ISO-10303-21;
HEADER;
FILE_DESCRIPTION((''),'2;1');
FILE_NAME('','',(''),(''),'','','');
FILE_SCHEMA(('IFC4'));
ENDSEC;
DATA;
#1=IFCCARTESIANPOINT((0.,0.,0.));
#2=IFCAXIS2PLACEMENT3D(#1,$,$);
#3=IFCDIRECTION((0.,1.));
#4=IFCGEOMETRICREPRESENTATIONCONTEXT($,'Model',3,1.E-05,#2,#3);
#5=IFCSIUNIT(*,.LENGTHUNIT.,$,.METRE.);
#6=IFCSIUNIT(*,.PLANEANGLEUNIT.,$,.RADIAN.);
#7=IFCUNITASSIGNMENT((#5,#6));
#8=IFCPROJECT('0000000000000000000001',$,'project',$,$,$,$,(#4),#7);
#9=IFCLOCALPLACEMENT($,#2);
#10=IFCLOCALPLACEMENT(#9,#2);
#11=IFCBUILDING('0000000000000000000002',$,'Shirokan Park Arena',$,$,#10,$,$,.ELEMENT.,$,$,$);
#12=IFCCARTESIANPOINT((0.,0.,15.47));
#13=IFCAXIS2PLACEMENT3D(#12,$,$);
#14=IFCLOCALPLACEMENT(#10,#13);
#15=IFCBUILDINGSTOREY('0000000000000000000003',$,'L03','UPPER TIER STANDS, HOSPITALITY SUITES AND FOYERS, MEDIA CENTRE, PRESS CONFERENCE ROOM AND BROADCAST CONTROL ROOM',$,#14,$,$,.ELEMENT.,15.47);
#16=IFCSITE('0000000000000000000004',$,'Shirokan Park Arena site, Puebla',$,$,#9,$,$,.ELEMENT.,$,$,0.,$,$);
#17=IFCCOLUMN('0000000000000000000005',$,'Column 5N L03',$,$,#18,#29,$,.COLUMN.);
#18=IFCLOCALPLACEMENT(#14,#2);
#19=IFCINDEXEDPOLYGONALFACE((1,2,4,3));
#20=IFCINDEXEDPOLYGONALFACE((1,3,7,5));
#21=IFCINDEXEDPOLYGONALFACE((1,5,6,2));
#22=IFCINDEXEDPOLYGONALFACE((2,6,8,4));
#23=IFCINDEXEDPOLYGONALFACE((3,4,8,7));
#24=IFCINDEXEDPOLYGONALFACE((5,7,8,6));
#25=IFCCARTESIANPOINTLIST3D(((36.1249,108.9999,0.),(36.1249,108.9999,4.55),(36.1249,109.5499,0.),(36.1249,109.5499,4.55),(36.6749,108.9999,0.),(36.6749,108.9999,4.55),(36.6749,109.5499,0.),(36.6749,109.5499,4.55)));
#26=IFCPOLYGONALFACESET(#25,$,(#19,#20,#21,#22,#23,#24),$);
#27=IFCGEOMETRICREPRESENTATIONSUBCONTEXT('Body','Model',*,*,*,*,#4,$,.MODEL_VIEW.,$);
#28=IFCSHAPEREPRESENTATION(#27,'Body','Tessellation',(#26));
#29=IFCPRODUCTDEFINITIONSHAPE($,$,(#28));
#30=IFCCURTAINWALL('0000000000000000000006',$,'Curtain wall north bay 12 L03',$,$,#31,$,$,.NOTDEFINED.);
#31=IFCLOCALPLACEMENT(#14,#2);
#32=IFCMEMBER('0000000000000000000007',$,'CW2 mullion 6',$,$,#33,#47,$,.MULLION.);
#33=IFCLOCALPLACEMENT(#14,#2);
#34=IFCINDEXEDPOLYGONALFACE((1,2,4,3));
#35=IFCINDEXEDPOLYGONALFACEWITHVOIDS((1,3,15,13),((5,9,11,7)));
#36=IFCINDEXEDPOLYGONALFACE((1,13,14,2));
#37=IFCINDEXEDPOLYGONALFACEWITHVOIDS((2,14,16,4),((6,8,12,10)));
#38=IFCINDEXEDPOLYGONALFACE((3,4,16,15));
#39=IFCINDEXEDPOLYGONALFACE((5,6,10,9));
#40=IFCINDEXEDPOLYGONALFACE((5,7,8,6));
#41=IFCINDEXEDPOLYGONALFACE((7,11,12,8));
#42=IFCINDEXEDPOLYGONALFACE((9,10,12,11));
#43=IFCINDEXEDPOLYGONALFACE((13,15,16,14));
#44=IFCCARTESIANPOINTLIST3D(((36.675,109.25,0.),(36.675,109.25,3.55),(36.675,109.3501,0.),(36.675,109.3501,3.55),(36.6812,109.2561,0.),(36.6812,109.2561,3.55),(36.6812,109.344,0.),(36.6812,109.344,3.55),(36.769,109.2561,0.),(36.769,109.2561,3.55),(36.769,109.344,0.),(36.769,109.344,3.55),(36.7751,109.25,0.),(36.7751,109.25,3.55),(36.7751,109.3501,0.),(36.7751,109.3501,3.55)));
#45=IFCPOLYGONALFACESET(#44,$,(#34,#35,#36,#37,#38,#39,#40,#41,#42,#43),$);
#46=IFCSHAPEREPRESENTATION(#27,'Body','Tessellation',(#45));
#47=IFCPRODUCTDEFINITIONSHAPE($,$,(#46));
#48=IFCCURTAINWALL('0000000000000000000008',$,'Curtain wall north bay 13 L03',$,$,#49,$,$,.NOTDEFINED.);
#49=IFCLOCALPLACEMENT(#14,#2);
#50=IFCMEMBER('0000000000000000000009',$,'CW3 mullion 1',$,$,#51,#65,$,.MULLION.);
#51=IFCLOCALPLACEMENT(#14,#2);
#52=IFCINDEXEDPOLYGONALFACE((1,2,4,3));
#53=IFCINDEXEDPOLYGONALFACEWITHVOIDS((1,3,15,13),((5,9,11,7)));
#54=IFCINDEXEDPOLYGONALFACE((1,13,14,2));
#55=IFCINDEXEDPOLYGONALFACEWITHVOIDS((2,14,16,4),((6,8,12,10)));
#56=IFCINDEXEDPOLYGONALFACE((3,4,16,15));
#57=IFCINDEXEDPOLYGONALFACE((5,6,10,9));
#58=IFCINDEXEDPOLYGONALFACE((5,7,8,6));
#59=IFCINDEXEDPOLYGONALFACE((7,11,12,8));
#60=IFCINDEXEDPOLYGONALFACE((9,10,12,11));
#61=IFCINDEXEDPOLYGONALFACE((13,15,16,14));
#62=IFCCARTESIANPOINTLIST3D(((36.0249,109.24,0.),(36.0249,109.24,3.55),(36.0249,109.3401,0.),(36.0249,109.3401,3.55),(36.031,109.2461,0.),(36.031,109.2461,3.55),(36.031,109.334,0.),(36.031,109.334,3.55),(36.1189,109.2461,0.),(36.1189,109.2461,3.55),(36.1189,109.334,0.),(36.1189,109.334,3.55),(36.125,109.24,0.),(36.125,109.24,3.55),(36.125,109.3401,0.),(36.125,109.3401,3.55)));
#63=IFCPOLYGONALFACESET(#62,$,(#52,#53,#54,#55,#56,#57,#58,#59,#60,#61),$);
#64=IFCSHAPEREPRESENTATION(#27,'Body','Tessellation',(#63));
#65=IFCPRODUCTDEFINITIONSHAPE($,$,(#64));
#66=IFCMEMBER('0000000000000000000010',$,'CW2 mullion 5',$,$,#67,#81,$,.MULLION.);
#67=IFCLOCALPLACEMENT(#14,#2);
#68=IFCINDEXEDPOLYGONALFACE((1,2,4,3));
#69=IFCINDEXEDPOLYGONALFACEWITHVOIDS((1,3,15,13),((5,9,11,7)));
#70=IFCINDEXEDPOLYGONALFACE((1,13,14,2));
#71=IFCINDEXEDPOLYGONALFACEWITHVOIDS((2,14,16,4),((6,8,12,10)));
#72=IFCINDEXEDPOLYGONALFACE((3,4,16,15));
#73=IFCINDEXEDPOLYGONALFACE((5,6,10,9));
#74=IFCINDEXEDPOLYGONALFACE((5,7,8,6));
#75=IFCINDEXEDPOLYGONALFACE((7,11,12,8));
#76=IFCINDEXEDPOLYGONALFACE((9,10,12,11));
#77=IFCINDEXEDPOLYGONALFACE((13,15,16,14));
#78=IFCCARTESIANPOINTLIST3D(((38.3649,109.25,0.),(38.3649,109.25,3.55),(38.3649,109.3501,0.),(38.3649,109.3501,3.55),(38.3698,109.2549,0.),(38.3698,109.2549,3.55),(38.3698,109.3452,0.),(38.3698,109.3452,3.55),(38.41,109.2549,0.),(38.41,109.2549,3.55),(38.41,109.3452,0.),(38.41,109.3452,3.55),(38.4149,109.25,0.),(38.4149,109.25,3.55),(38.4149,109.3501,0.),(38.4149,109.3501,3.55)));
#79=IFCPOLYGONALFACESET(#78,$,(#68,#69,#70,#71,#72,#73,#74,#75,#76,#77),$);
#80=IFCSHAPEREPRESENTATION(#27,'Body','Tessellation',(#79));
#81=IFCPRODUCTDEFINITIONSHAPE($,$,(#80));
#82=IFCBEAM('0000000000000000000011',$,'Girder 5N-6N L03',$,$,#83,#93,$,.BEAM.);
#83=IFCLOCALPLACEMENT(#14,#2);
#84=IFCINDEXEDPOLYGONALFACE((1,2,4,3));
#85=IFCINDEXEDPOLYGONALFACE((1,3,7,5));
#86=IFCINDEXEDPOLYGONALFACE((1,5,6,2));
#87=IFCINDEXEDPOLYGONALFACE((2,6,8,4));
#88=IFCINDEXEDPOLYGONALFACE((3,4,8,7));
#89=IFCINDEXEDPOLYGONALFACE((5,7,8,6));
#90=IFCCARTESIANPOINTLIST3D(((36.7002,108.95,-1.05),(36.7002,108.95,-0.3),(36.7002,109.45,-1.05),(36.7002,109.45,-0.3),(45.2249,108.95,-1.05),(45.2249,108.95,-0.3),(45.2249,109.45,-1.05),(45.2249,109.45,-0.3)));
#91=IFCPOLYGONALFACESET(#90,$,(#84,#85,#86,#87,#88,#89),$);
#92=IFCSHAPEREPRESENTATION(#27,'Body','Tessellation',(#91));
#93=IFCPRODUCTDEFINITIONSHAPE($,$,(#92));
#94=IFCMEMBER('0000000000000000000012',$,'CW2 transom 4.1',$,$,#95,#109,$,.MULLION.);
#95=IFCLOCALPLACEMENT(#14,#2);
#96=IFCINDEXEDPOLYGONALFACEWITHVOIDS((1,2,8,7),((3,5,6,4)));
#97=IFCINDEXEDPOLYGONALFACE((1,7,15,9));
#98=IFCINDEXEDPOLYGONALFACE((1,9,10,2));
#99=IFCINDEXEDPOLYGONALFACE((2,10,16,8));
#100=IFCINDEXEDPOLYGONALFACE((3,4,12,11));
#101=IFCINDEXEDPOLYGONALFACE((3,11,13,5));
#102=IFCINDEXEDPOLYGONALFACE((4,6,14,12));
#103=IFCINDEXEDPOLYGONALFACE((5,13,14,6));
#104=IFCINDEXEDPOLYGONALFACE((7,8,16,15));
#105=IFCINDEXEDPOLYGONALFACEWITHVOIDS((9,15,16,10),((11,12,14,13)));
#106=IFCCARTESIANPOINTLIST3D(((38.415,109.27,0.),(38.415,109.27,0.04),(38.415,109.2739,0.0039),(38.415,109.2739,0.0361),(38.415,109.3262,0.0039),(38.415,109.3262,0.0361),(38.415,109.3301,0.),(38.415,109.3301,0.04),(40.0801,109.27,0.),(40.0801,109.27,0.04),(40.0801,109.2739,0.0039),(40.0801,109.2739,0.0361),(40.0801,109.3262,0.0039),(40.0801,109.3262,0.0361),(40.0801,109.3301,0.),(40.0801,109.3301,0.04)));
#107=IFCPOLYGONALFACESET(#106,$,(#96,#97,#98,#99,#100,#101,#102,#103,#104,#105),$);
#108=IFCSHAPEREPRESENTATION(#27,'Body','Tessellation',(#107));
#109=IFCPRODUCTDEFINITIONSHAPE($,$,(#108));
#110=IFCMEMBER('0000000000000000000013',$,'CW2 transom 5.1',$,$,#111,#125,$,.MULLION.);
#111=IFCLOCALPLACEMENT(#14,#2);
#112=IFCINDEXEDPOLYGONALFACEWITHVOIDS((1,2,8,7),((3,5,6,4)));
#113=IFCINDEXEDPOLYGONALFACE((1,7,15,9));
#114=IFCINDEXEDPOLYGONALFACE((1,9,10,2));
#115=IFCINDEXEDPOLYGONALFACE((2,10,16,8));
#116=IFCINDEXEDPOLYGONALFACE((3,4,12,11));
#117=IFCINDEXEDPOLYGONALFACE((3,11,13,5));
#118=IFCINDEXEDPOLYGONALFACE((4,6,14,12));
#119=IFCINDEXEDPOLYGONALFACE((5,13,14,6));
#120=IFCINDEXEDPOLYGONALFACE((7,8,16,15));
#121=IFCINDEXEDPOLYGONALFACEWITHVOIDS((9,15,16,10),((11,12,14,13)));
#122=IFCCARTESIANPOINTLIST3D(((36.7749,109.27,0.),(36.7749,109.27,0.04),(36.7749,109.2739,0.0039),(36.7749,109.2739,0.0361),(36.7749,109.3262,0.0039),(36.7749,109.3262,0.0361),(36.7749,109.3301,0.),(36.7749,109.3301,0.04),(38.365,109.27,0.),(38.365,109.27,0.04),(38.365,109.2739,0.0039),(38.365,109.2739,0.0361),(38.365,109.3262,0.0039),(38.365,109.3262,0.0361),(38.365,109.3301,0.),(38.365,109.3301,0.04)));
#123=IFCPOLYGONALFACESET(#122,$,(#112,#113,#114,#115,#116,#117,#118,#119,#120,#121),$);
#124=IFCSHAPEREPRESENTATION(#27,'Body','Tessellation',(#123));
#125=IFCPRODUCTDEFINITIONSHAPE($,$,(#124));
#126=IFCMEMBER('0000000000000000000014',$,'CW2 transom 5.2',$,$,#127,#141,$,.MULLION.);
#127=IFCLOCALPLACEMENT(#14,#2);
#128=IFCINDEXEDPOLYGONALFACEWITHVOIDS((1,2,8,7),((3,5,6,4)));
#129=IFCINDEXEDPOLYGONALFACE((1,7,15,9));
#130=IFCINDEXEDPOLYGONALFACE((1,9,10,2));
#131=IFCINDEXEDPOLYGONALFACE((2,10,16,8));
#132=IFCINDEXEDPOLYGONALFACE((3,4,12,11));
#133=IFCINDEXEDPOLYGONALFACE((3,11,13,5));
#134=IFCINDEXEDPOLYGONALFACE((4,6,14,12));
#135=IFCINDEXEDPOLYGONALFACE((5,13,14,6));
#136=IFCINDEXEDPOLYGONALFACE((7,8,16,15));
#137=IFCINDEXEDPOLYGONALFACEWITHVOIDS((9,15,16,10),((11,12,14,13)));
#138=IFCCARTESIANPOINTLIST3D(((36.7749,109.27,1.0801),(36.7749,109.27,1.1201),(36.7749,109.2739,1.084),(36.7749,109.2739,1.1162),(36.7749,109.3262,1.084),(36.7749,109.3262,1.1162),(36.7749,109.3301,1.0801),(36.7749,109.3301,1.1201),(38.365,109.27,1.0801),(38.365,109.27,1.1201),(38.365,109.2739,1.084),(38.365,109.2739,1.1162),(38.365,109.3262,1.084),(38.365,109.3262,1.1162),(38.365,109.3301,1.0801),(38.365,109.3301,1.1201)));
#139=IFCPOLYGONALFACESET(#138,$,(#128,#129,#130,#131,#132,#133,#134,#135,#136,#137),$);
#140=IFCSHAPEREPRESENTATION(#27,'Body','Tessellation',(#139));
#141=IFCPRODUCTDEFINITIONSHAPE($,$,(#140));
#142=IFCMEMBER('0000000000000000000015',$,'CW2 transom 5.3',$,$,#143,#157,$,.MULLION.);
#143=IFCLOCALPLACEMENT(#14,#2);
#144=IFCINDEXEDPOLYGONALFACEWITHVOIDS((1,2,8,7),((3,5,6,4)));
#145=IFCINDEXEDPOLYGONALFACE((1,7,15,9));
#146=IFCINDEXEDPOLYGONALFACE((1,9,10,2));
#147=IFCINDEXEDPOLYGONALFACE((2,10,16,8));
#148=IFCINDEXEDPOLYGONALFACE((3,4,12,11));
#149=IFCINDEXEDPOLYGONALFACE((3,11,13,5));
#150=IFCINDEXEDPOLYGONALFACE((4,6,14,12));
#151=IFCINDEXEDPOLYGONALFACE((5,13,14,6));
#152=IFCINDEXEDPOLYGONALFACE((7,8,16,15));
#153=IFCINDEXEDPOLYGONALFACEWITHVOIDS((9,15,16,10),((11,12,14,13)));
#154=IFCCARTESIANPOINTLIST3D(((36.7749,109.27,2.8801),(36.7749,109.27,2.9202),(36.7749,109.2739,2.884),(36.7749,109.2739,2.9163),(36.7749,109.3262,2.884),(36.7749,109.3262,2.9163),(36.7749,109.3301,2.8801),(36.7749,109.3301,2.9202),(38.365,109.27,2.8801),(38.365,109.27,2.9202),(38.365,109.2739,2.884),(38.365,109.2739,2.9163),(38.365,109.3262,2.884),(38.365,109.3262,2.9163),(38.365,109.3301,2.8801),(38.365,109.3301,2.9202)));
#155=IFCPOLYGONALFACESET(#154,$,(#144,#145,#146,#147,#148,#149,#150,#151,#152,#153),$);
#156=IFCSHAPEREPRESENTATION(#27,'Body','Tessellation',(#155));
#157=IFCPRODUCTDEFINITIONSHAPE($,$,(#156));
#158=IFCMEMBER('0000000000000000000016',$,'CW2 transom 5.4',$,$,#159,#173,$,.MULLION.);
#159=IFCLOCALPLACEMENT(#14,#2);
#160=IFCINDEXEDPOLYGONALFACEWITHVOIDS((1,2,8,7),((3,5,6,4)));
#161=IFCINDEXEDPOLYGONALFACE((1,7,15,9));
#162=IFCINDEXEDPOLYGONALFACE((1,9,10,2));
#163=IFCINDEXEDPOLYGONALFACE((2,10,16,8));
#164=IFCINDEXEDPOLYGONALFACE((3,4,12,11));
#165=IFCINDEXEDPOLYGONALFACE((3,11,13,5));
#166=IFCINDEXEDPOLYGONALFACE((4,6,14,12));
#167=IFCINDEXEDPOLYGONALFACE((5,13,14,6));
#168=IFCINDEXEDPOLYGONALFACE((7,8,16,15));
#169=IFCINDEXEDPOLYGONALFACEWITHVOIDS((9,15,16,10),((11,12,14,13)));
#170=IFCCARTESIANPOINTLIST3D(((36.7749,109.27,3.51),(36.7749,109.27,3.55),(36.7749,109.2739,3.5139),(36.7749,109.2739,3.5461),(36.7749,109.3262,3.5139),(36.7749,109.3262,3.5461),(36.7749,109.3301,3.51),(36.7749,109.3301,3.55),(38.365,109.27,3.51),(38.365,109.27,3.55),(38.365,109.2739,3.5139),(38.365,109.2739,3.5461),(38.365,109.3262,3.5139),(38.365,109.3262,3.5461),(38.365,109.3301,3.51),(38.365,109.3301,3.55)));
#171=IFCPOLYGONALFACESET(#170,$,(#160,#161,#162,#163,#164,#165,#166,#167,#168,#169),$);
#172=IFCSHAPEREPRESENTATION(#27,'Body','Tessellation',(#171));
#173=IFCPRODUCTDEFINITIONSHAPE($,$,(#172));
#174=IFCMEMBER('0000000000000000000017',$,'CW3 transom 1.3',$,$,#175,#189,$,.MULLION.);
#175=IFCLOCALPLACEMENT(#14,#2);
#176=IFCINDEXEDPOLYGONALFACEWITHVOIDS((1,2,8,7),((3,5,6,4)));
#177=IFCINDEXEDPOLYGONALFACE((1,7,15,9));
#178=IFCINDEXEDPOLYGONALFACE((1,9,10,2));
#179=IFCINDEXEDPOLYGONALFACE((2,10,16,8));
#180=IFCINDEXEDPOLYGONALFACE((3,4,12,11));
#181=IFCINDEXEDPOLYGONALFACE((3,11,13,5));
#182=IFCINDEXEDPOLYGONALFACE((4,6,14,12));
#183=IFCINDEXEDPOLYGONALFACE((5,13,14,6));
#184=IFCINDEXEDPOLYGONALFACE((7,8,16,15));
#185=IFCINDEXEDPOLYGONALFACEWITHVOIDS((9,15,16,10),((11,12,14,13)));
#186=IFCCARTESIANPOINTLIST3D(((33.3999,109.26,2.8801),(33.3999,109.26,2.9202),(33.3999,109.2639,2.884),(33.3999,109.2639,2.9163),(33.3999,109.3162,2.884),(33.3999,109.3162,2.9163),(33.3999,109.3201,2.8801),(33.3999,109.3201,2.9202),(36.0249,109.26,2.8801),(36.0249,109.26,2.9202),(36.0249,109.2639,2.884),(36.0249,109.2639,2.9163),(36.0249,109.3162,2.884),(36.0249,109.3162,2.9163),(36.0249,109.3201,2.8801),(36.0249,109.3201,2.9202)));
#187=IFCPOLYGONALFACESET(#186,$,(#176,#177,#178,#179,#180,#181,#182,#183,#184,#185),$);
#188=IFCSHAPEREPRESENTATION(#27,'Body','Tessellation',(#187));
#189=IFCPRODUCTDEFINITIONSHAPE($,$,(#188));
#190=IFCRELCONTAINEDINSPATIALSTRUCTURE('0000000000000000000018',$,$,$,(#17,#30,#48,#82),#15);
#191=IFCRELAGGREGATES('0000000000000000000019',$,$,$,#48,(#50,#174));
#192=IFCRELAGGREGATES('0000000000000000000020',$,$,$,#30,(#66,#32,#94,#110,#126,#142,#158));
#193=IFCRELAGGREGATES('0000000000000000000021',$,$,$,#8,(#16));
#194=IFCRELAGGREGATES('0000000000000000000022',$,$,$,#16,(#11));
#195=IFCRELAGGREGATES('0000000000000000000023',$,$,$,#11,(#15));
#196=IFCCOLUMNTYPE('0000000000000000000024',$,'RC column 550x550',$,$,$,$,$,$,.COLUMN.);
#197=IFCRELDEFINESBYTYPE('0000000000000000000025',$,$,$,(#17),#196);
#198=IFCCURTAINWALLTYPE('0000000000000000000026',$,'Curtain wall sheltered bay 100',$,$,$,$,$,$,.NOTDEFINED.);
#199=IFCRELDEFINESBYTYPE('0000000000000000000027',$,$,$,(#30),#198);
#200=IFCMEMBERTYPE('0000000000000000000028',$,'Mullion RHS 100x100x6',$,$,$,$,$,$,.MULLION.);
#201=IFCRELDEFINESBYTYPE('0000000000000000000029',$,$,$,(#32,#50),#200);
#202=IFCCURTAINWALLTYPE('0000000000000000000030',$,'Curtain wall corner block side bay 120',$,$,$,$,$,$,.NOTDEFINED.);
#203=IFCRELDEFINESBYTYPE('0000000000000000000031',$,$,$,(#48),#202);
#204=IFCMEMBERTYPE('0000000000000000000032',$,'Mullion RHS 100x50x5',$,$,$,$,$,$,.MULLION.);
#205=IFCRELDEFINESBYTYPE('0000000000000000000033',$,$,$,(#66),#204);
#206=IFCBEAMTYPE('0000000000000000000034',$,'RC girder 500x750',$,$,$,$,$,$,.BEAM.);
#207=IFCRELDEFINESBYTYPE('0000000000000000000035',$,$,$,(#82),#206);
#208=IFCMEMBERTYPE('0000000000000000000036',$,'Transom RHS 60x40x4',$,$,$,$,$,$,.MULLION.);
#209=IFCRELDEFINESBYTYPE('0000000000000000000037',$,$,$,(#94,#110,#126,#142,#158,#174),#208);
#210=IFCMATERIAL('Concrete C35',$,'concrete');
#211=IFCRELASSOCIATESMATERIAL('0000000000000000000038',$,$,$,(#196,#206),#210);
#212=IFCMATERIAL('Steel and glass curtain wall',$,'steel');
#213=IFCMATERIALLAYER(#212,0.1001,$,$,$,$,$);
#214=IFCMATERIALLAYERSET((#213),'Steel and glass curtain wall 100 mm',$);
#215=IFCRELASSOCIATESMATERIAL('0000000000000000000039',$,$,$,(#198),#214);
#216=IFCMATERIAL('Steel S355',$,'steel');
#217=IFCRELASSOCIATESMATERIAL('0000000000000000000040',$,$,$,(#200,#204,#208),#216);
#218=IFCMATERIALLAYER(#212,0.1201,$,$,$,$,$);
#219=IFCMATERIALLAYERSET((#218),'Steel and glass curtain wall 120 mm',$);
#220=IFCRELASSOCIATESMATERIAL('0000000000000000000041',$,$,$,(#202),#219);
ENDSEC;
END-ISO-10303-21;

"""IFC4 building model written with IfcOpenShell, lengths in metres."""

from ifc_helpers import new_model, si_unit, direction, frame, origin, origin_2d, place, context, subcontext, project, spatial, rectangle, hollow_rectangle, extrude, material, layer, layer_set, material_profile, profile_set, type_object, element, aggregate, save


model = new_model("IFC4")

# Units and contexts
model_context = context("Model", 3, precision=1e-05, world=origin(), true_north=direction((0.0, 1.0)))
body_context = subcontext(model_context, "Body", "Model", "MODEL_VIEW")
ifc_project = project(units=[si_unit("LENGTHUNIT", "METRE"), si_unit("PLANEANGLEUNIT", "RADIAN")], contexts=[model_context])

# Site, building, storey
site_placement = place(None, origin())
site = spatial("IfcSite", under=ifc_project, at=site_placement, Name="Shirokan Park Arena site, Puebla", CompositionType="ELEMENT", RefElevation=0.0)
building_placement = place(site_placement, origin())
building = spatial("IfcBuilding", under=site, at=building_placement, Name="Shirokan Park Arena", CompositionType="ELEMENT")
storey_placement = place(building_placement, frame((0.0, 0.0, 15.47)))
storey = spatial("IfcBuildingStorey", under=building, at=storey_placement, Name="L03", Description="UPPER TIER STANDS, HOSPITALITY SUITES AND FOYERS, MEDIA CENTRE, PRESS CONFERENCE ROOM AND BROADCAST CONTROL ROOM", CompositionType="ELEMENT", Elevation=15.47)

# Column
ifc_material_1 = material(Name="Concrete C35", Category="concrete")
ifc_material_profile_1 = material_profile(ifc_material_1, rectangle(XDim=0.55, YDim=0.55, at=origin_2d()), Name="550x550")
ifc_profile_set_1 = profile_set([ifc_material_profile_1], Name="Concrete C35")
column_type = type_object("IfcColumnType", Name="RC column 550x550", PredefinedType="COLUMN", material=ifc_profile_set_1)
column_placement = place(storey_placement, frame((36.3999, 109.2749, 0.0), z_axis=(0.0, 0.0, 1.0), x_axis=(1.0, 0.0, 0.0)))
element("IfcColumn", 1, at=column_placement, inside=storey, type_object=column_type, Name="Column 5N L03", PredefinedType="COLUMN", context=body_context, shape_type="SweptSolid", body=[
    extrude(rectangle(XDim=0.55, YDim=0.55, at=origin_2d()), origin(), (0.0, 0.0, 1.0), 4.55),
])

# Curtain walls, members
ifc_material_2 = material(Name="Steel and glass curtain wall", Category="steel")
ifc_layer_1 = layer(ifc_material_2, 0.1001)
ifc_layer_set_1 = layer_set([ifc_layer_1], Name="Steel and glass curtain wall 100 mm")
curtain_wall_type_1 = type_object("IfcCurtainWallType", Name="Curtain wall sheltered bay 100", PredefinedType="NOTDEFINED", material=ifc_layer_set_1)
curtain_wall_1_placement = place(storey_placement, origin())
curtain_wall_1 = element("IfcCurtainWall", 2, at=curtain_wall_1_placement, inside=storey, type_object=curtain_wall_type_1, Name="Curtain wall north bay 12 L03", PredefinedType="NOTDEFINED")
ifc_material_3 = material(Name="Steel S355", Category="steel")
ifc_material_profile_2 = material_profile(ifc_material_3, hollow_rectangle(XDim=0.1001, YDim=0.1001, WallThickness=0.0061, at=origin_2d()), Name="RHS 100x100x6")
ifc_profile_set_2 = profile_set([ifc_material_profile_2], Name="Steel S355")
member_type_1 = type_object("IfcMemberType", Name="Mullion RHS 100x100x6", PredefinedType="MULLION", material=ifc_profile_set_2)
member_1_placement = place(storey_placement, frame((36.7251, 109.3, 0.0), z_axis=(0.0, 0.0, 1.0), x_axis=(0.0, -1.0, 0.0)))
member_1 = element("IfcMember", 3, at=member_1_placement, type_object=member_type_1, Name="CW2 mullion 6", PredefinedType="MULLION", context=body_context, shape_type="SweptSolid", body=[
    extrude(hollow_rectangle(XDim=0.1001, YDim=0.1001, WallThickness=0.0061, at=origin_2d()), origin(), (0.0, 0.0, 1.0), 3.55),
])
ifc_layer_2 = layer(ifc_material_2, 0.1201)
ifc_layer_set_2 = layer_set([ifc_layer_2], Name="Steel and glass curtain wall 120 mm")
curtain_wall_type_2 = type_object("IfcCurtainWallType", Name="Curtain wall corner block side bay 120", PredefinedType="NOTDEFINED", material=ifc_layer_set_2)
curtain_wall_2_placement = place(storey_placement, origin())
curtain_wall_2 = element("IfcCurtainWall", 4, at=curtain_wall_2_placement, inside=storey, type_object=curtain_wall_type_2, Name="Curtain wall north bay 13 L03", PredefinedType="NOTDEFINED")
member_2_placement = place(storey_placement, frame((36.075, 109.29, 0.0), z_axis=(0.0, 0.0, 1.0), x_axis=(0.0, -1.0, 0.0)))
member_2 = element("IfcMember", 5, at=member_2_placement, type_object=member_type_1, Name="CW3 mullion 1", PredefinedType="MULLION", context=body_context, shape_type="SweptSolid", body=[
    extrude(hollow_rectangle(XDim=0.1001, YDim=0.1001, WallThickness=0.0061, at=origin_2d()), origin(), (0.0, 0.0, 1.0), 3.55),
])

# Member
ifc_material_profile_3 = material_profile(ifc_material_3, hollow_rectangle(XDim=0.1001, YDim=0.05, WallThickness=0.0049, at=origin_2d()), Name="RHS 100x50x5")
ifc_profile_set_3 = profile_set([ifc_material_profile_3], Name="Steel S355")
member_type_2 = type_object("IfcMemberType", Name="Mullion RHS 100x50x5", PredefinedType="MULLION", material=ifc_profile_set_3)
member_3_placement = place(storey_placement, frame((38.3899, 109.3, 0.0), z_axis=(0.0, 0.0, 1.0), x_axis=(0.0, -1.0, 0.0)))
member_3 = element("IfcMember", 6, at=member_3_placement, type_object=member_type_2, Name="CW2 mullion 5", PredefinedType="MULLION", context=body_context, shape_type="SweptSolid", body=[
    extrude(hollow_rectangle(XDim=0.1001, YDim=0.05, WallThickness=0.0049, at=origin_2d()), origin(), (0.0, 0.0, 1.0), 3.55),
])

# Beam
ifc_material_profile_4 = material_profile(ifc_material_1, rectangle(XDim=0.5, YDim=0.75, at=origin_2d()), Name="500x750")
ifc_profile_set_4 = profile_set([ifc_material_profile_4], Name="Concrete C35")
beam_type = type_object("IfcBeamType", Name="RC girder 500x750", PredefinedType="BEAM", material=ifc_profile_set_4)
beam_placement = place(storey_placement, frame((36.7002, 109.2, -0.675), z_axis=(1.0, 0.0, 0.0), x_axis=(0.0, 1.0, 0.0)))
element("IfcBeam", 7, at=beam_placement, inside=storey, type_object=beam_type, Name="Girder 5N-6N L03", PredefinedType="BEAM", context=body_context, shape_type="SweptSolid", body=[
    extrude(rectangle(XDim=0.5, YDim=0.75, at=origin_2d()), origin(), (0.0, 0.0, 1.0), 8.5247),
])

# Members
ifc_material_profile_5 = material_profile(ifc_material_3, hollow_rectangle(XDim=0.0601, YDim=0.04, WallThickness=0.0039, at=origin_2d()), Name="RHS 60x40x4")
ifc_profile_set_5 = profile_set([ifc_material_profile_5], Name="Steel S355")
member_type_3 = type_object("IfcMemberType", Name="Transom RHS 60x40x4", PredefinedType="MULLION", material=ifc_profile_set_5)
member_4_placement = place(storey_placement, frame((40.0801, 109.3, 0.02), z_axis=(-1.0, 0.0, 0.0), x_axis=(0.0, -1.0, 0.0)))
member_4 = element("IfcMember", 8, at=member_4_placement, type_object=member_type_3, Name="CW2 transom 4.1", PredefinedType="MULLION", context=body_context, shape_type="SweptSolid", body=[
    extrude(hollow_rectangle(XDim=0.0601, YDim=0.04, WallThickness=0.0039, at=origin_2d()), origin(), (0.0, 0.0, 1.0), 1.665),
])
member_5_placement = place(storey_placement, frame((38.365, 109.3, 0.02), z_axis=(-1.0, 0.0, 0.0), x_axis=(0.0, -1.0, 0.0)))
member_5 = element("IfcMember", 9, at=member_5_placement, type_object=member_type_3, Name="CW2 transom 5.1", PredefinedType="MULLION", context=body_context, shape_type="SweptSolid", body=[
    extrude(hollow_rectangle(XDim=0.0601, YDim=0.04, WallThickness=0.0039, at=origin_2d()), origin(), (0.0, 0.0, 1.0), 1.5901),
])
member_6_placement = place(storey_placement, frame((38.365, 109.3, 1.1001), z_axis=(-1.0, 0.0, 0.0), x_axis=(0.0, -1.0, 0.0)))
member_6 = element("IfcMember", 10, at=member_6_placement, type_object=member_type_3, Name="CW2 transom 5.2", PredefinedType="MULLION", context=body_context, shape_type="SweptSolid", body=[
    extrude(hollow_rectangle(XDim=0.0601, YDim=0.04, WallThickness=0.0039, at=origin_2d()), origin(), (0.0, 0.0, 1.0), 1.5901),
])
member_7_placement = place(storey_placement, frame((38.365, 109.3, 2.9001), z_axis=(-1.0, 0.0, 0.0), x_axis=(0.0, -1.0, 0.0)))
member_7 = element("IfcMember", 11, at=member_7_placement, type_object=member_type_3, Name="CW2 transom 5.3", PredefinedType="MULLION", context=body_context, shape_type="SweptSolid", body=[
    extrude(hollow_rectangle(XDim=0.0601, YDim=0.04, WallThickness=0.0039, at=origin_2d()), origin(), (0.0, 0.0, 1.0), 1.5901),
])
member_8_placement = place(storey_placement, frame((38.365, 109.3, 3.53), z_axis=(-1.0, 0.0, 0.0), x_axis=(0.0, -1.0, 0.0)))
member_8 = element("IfcMember", 12, at=member_8_placement, type_object=member_type_3, Name="CW2 transom 5.4", PredefinedType="MULLION", context=body_context, shape_type="SweptSolid", body=[
    extrude(hollow_rectangle(XDim=0.0601, YDim=0.04, WallThickness=0.0039, at=origin_2d()), origin(), (0.0, 0.0, 1.0), 1.5901),
])
member_9_placement = place(storey_placement, frame((36.0249, 109.29, 2.9001), z_axis=(-1.0, 0.0, 0.0), x_axis=(0.0, -1.0, 0.0)))
member_9 = element("IfcMember", 13, at=member_9_placement, type_object=member_type_3, Name="CW3 transom 1.3", PredefinedType="MULLION", context=body_context, shape_type="SweptSolid", body=[
    extrude(hollow_rectangle(XDim=0.0601, YDim=0.04, WallThickness=0.0039, at=origin_2d()), origin(), (0.0, 0.0, 1.0), 2.625),
])
aggregate(curtain_wall_2, [member_2, member_9])

aggregate(curtain_wall_1, [member_3, member_1, member_4, member_5, member_6, member_7, member_8])

save(model, "model.ifc")
